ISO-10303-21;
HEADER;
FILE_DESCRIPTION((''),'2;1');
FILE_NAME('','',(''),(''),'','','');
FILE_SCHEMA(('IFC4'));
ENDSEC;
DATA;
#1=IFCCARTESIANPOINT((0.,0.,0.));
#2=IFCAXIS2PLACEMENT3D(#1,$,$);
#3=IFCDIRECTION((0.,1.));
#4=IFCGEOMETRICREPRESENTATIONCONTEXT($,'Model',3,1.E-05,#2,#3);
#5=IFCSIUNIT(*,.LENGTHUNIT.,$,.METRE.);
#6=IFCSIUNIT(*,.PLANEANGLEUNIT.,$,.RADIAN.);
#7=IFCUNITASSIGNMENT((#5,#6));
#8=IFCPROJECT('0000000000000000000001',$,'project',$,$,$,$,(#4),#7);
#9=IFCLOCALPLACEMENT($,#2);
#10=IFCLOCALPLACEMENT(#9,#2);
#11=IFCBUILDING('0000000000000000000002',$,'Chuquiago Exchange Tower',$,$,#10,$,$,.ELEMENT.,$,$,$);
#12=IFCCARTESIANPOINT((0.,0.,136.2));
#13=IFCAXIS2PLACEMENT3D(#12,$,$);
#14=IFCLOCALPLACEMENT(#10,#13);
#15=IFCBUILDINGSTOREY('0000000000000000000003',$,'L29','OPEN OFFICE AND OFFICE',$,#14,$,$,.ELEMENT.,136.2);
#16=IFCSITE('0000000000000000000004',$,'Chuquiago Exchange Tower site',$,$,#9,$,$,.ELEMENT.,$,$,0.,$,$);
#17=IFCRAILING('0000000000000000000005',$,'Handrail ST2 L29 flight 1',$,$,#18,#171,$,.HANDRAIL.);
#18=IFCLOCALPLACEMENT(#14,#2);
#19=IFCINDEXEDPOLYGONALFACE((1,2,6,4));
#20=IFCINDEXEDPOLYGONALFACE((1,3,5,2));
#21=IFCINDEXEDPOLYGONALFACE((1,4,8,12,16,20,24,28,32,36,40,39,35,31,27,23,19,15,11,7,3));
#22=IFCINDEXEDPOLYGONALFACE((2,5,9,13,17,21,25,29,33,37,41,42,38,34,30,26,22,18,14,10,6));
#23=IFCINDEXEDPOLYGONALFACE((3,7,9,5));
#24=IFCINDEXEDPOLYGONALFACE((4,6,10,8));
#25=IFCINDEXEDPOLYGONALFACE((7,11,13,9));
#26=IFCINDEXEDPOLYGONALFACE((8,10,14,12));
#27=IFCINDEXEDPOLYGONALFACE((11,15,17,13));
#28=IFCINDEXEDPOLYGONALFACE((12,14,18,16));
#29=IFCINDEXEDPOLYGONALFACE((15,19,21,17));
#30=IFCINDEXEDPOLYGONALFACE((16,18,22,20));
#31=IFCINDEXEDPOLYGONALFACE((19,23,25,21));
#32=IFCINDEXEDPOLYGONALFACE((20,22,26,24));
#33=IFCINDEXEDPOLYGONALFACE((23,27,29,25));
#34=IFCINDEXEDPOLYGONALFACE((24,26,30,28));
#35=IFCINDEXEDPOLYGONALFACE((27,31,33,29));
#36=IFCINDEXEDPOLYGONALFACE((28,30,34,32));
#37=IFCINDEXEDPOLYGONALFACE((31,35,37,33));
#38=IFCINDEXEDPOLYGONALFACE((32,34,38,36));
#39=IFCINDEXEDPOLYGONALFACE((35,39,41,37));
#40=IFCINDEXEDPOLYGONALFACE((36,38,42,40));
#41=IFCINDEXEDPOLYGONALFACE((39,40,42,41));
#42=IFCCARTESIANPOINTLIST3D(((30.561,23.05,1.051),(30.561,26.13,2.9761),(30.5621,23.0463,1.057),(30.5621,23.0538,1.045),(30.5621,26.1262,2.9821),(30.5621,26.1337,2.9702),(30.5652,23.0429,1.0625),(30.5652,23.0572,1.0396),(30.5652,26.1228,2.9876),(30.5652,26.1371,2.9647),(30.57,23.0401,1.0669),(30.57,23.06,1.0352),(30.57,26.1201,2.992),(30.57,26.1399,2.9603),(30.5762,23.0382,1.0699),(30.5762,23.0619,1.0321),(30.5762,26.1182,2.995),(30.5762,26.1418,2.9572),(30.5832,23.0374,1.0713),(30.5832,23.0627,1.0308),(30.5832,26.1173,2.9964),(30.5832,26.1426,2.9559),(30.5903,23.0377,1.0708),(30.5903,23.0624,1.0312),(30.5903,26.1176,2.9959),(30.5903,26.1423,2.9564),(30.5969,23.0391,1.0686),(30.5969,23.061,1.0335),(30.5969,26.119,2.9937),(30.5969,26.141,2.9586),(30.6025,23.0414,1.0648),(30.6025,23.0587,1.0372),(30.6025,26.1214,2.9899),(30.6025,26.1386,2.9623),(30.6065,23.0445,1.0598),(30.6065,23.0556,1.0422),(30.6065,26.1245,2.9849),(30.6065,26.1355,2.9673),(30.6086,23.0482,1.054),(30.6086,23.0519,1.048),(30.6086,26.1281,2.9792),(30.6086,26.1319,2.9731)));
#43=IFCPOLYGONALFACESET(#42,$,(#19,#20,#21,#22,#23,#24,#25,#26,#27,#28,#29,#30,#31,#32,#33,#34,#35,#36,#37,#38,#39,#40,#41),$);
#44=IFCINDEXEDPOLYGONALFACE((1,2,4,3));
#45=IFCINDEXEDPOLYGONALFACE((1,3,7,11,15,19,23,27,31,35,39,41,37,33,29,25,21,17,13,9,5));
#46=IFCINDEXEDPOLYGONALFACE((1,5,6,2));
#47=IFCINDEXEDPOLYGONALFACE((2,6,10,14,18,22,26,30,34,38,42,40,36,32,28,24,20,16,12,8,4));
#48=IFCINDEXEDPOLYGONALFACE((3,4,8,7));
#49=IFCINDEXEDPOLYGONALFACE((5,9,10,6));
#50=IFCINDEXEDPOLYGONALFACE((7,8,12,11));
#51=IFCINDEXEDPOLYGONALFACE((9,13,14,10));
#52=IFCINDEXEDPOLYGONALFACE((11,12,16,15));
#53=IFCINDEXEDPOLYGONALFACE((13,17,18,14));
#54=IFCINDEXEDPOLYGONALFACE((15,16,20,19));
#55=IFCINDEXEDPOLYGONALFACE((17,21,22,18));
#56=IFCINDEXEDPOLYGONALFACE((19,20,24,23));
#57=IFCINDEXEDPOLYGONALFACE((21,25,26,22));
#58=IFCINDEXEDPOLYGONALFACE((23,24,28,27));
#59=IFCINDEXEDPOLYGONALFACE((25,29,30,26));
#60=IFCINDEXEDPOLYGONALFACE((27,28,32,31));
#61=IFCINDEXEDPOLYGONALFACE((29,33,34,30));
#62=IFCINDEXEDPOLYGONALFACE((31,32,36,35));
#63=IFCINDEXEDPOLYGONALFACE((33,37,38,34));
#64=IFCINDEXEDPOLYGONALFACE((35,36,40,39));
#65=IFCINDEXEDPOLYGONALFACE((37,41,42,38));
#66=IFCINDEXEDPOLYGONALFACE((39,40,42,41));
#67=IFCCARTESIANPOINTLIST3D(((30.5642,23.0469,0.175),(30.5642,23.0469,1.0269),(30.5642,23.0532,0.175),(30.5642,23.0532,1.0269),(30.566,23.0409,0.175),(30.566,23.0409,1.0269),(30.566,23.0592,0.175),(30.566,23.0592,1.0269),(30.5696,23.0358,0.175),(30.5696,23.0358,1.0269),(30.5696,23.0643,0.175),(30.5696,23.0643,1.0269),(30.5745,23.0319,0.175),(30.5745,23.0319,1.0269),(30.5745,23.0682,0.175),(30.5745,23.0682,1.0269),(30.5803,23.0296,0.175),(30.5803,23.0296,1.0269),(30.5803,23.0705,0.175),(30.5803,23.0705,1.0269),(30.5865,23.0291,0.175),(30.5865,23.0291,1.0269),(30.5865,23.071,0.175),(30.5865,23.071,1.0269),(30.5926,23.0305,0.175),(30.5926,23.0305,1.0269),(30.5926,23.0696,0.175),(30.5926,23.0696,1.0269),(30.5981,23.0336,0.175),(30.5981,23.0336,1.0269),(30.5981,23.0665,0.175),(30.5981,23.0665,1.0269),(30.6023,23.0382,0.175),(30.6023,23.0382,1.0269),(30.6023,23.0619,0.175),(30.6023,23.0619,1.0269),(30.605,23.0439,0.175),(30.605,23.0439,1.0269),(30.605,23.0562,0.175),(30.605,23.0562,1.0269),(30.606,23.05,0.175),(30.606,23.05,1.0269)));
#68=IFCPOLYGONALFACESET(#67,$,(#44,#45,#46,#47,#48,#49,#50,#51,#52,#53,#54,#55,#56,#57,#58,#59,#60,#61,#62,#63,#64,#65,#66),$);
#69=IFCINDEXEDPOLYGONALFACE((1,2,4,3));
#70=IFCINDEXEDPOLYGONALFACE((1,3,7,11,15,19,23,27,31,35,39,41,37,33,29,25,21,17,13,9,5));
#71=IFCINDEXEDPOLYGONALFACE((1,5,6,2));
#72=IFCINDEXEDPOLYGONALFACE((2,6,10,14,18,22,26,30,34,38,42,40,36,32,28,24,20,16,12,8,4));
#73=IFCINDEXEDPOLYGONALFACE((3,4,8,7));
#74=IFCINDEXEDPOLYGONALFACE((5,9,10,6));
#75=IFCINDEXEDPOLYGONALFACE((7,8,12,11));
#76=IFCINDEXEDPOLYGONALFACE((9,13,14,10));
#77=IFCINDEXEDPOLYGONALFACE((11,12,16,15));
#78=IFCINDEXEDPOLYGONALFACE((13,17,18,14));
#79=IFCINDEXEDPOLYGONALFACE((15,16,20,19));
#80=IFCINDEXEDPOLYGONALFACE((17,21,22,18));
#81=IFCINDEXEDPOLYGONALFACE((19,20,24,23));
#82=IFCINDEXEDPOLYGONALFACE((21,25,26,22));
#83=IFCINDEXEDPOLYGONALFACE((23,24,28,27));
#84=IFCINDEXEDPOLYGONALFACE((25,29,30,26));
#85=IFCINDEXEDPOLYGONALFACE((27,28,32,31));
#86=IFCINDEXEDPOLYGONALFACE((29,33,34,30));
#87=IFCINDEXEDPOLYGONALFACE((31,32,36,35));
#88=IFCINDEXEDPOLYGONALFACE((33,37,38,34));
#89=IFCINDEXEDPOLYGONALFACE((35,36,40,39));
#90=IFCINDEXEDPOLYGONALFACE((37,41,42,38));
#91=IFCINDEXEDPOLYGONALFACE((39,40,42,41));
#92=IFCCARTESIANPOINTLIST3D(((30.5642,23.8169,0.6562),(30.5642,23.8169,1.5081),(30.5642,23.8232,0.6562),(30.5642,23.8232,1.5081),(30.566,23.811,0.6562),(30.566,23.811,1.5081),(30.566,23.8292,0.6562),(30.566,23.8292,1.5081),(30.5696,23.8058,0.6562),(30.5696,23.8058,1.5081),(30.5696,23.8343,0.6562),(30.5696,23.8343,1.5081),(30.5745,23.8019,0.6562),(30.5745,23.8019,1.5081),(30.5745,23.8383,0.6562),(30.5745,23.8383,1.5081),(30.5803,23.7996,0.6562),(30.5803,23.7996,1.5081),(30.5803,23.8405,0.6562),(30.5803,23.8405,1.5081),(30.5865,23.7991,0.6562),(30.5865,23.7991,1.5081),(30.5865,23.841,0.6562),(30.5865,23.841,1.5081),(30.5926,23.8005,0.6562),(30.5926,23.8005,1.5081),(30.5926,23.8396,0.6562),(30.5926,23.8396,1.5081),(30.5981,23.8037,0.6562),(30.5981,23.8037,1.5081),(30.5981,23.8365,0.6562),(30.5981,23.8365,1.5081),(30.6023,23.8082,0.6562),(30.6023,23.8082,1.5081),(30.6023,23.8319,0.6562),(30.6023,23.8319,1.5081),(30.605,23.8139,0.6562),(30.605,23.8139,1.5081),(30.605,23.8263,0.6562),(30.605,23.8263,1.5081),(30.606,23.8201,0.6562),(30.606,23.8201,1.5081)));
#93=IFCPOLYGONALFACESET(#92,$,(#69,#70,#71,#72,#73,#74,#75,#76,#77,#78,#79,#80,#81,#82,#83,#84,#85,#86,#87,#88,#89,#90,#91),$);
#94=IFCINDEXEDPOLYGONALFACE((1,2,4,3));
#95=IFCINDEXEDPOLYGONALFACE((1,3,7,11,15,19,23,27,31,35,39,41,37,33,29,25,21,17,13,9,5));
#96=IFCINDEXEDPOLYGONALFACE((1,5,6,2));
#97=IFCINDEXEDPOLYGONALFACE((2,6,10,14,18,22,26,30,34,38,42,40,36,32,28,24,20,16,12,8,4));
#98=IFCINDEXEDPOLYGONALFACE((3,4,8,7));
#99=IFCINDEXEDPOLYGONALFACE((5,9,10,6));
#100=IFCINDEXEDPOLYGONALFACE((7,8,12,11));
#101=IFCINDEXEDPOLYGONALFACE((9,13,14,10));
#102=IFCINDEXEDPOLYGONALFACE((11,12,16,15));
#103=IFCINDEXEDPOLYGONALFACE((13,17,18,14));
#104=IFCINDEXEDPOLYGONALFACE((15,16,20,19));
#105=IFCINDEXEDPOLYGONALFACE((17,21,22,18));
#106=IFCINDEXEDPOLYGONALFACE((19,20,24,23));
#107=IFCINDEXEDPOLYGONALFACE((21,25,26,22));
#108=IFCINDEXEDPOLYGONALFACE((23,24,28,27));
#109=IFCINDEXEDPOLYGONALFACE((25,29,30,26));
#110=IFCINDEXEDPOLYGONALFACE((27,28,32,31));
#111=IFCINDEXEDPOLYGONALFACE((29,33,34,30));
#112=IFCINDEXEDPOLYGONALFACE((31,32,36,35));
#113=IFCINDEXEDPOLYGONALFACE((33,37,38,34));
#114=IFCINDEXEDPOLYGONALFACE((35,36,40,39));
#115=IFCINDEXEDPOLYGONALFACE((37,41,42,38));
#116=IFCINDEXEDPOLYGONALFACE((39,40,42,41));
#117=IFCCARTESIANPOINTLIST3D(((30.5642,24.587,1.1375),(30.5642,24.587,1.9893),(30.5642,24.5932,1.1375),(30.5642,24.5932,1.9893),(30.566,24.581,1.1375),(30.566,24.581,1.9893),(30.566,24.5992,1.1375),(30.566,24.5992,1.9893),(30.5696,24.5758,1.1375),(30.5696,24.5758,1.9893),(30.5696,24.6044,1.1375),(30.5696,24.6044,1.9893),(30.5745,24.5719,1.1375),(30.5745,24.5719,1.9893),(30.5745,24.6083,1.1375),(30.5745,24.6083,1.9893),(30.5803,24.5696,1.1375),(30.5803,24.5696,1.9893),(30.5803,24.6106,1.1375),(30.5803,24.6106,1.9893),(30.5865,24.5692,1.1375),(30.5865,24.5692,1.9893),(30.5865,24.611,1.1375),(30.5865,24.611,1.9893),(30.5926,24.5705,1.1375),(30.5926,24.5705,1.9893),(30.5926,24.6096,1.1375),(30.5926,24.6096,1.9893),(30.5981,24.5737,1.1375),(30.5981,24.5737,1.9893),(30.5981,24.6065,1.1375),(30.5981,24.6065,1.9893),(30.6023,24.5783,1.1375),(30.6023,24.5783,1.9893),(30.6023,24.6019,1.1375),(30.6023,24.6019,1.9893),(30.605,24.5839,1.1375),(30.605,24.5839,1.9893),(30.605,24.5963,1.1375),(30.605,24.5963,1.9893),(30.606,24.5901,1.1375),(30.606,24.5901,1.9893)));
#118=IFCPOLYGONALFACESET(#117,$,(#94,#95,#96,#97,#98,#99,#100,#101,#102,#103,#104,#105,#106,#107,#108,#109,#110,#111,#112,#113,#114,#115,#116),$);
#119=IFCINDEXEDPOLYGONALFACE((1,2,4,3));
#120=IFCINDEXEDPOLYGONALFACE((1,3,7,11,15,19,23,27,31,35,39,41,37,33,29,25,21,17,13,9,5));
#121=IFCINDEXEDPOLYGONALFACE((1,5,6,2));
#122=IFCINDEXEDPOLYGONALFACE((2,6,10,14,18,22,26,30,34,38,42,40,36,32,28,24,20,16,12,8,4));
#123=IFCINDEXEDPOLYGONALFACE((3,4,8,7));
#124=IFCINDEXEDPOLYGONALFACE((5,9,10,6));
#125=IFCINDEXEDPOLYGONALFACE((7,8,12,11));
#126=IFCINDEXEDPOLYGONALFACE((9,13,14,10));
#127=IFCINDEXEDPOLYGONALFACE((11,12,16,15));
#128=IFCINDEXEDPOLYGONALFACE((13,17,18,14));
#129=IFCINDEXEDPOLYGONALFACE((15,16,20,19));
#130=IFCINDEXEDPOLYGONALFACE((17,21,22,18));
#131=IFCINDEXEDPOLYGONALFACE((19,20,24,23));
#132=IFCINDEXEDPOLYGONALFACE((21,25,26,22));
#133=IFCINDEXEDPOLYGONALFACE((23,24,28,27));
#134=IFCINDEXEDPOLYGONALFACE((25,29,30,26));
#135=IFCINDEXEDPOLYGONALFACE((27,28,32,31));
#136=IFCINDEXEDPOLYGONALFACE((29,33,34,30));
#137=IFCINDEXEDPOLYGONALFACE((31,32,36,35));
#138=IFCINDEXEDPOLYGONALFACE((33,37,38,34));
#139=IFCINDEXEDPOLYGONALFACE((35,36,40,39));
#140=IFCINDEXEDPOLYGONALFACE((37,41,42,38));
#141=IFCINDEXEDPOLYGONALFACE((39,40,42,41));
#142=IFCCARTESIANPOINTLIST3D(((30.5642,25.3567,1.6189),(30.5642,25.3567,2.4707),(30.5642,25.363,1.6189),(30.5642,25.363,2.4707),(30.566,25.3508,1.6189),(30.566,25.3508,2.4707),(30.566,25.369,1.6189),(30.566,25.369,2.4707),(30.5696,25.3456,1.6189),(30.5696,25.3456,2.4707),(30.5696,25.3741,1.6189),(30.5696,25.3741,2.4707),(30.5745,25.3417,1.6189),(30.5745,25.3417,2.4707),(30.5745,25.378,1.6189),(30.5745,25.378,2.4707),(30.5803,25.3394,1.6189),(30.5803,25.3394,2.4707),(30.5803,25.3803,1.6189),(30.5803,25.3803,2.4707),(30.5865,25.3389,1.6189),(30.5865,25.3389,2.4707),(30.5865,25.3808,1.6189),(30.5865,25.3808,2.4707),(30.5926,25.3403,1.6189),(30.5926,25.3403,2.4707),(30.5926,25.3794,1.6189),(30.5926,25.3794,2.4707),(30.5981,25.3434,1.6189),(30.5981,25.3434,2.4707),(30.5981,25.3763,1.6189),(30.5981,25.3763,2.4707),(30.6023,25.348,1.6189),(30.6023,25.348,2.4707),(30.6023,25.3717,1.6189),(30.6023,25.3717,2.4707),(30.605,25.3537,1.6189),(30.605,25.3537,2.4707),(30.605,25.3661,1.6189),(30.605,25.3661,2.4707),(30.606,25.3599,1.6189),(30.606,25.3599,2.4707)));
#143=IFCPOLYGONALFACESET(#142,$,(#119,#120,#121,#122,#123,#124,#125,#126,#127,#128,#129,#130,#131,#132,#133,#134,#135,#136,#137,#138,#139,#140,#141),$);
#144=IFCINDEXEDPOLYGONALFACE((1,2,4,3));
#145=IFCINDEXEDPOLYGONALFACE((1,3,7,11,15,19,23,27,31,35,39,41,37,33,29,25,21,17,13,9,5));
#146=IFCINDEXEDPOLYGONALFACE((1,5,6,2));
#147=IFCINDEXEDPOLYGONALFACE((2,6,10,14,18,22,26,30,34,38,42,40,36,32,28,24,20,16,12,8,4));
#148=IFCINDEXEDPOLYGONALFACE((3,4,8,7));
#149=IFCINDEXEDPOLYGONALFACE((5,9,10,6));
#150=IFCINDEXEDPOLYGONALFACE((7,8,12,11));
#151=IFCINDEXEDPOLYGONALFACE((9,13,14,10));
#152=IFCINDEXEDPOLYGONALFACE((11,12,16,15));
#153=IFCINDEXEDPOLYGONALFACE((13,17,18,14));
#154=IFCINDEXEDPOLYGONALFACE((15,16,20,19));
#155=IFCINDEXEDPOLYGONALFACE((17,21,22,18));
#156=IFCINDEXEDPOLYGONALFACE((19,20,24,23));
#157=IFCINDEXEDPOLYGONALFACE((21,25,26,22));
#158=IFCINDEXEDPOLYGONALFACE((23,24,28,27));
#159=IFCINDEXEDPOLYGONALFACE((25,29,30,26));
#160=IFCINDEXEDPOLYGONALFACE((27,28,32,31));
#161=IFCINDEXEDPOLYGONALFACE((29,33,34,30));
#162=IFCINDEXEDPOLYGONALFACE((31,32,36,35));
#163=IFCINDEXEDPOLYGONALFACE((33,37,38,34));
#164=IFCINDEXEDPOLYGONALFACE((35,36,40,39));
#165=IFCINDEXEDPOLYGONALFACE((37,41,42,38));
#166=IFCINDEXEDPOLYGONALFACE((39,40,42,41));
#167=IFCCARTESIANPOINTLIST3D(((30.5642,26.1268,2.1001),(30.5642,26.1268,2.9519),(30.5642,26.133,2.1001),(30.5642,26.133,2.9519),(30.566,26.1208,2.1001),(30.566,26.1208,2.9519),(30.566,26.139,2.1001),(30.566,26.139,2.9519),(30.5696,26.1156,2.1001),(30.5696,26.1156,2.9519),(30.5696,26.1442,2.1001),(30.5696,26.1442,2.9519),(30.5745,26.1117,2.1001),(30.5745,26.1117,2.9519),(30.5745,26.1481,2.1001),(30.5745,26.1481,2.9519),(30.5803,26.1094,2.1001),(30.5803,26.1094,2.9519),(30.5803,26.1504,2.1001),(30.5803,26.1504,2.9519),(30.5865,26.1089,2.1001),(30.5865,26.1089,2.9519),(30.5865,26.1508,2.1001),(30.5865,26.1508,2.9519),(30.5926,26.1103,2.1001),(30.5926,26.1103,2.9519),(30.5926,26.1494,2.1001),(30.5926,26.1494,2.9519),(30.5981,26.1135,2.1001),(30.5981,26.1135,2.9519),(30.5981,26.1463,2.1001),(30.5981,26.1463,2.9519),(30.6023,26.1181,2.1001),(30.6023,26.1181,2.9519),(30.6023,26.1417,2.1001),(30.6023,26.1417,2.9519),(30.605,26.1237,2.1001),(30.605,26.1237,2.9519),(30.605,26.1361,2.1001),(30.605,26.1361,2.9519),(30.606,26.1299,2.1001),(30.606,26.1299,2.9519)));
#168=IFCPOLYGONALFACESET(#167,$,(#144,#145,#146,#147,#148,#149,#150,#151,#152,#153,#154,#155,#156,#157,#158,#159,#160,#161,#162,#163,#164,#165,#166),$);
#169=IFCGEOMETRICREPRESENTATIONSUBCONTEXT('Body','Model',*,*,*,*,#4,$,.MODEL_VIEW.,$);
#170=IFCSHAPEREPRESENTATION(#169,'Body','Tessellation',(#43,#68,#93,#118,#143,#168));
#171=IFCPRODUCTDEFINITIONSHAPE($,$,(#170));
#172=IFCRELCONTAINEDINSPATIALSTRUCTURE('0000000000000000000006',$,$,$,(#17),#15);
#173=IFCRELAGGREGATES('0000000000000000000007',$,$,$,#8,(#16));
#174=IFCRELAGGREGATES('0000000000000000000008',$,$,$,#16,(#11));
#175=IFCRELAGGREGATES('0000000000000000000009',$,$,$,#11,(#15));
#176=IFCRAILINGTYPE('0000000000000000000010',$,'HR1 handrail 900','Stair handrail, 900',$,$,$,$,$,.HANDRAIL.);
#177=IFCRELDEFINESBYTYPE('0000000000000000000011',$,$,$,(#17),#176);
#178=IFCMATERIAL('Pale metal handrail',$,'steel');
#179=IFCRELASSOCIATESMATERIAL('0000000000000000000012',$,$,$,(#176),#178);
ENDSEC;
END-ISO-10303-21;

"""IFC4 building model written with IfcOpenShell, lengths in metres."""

from ifc_helpers import new_model, si_unit, direction, frame, origin, origin_2d, place, context, subcontext, project, spatial, circle, extrude, material, type_object, element, save


model = new_model("IFC4")

# Units and contexts
model_context = context("Model", 3, precision=1e-05, world=origin(), true_north=direction((0.0, 1.0)))
body_context = subcontext(model_context, "Body", "Model", "MODEL_VIEW")
ifc_project = project(units=[si_unit("LENGTHUNIT", "METRE"), si_unit("PLANEANGLEUNIT", "RADIAN")], contexts=[model_context])

# Site, building, storey
site_placement = place(None, origin())
site = spatial("IfcSite", under=ifc_project, at=site_placement, Name="Chuquiago Exchange Tower site", CompositionType="ELEMENT", RefElevation=0.0)
building_placement = place(site_placement, origin())
building = spatial("IfcBuilding", under=site, at=building_placement, Name="Chuquiago Exchange Tower", CompositionType="ELEMENT")
storey_placement = place(building_placement, frame((0.0, 0.0, 136.2)))
storey = spatial("IfcBuildingStorey", under=building, at=storey_placement, Name="L29", Description="OPEN OFFICE AND OFFICE", CompositionType="ELEMENT", Elevation=136.2)

# Railing
ifc_material_1 = material(Name="Pale metal handrail", Category="steel")
railing_type_1 = type_object("IfcRailingType", Name="HR1 handrail 900", Description="Stair handrail, 900", PredefinedType="HANDRAIL", material=ifc_material_1)
railing_1_placement = place(storey_placement, frame((30.585, 23.05, 0.175)))
element("IfcRailing", 1, at=railing_1_placement, inside=storey, type_object=railing_type_1, Name="Handrail ST2 L29 flight 1", PredefinedType="HANDRAIL", context=body_context, shape_type="SweptSolid", body=[
    extrude(circle(Radius=0.0239, at=origin_2d()), frame((0.0, 0.0, 0.876), z_axis=(0.0, 0.847979, 0.530029), x_axis=(-1.0, 0.0, 0.0)), (0.0, 0.0, 1.0), 3.6321),
    extrude(circle(Radius=0.021, at=origin_2d()), origin(), (0.0, 0.0, 1.0), 0.8518),
    extrude(circle(Radius=0.021, at=origin_2d()), frame((0.0, 0.77, 0.4812)), (0.0, 0.0, 1.0), 0.8518),
    extrude(circle(Radius=0.021, at=origin_2d()), frame((0.0, 1.54, 0.9624)), (0.0, 0.0, 1.0), 0.8518),
    extrude(circle(Radius=0.021, at=origin_2d()), frame((0.0, 2.3098, 1.4438)), (0.0, 0.0, 1.0), 0.8518),
    extrude(circle(Radius=0.021, at=origin_2d()), frame((0.0, 3.0798, 1.925)), (0.0, 0.0, 1.0), 0.8518),
])

save(model, "model.ifc")
